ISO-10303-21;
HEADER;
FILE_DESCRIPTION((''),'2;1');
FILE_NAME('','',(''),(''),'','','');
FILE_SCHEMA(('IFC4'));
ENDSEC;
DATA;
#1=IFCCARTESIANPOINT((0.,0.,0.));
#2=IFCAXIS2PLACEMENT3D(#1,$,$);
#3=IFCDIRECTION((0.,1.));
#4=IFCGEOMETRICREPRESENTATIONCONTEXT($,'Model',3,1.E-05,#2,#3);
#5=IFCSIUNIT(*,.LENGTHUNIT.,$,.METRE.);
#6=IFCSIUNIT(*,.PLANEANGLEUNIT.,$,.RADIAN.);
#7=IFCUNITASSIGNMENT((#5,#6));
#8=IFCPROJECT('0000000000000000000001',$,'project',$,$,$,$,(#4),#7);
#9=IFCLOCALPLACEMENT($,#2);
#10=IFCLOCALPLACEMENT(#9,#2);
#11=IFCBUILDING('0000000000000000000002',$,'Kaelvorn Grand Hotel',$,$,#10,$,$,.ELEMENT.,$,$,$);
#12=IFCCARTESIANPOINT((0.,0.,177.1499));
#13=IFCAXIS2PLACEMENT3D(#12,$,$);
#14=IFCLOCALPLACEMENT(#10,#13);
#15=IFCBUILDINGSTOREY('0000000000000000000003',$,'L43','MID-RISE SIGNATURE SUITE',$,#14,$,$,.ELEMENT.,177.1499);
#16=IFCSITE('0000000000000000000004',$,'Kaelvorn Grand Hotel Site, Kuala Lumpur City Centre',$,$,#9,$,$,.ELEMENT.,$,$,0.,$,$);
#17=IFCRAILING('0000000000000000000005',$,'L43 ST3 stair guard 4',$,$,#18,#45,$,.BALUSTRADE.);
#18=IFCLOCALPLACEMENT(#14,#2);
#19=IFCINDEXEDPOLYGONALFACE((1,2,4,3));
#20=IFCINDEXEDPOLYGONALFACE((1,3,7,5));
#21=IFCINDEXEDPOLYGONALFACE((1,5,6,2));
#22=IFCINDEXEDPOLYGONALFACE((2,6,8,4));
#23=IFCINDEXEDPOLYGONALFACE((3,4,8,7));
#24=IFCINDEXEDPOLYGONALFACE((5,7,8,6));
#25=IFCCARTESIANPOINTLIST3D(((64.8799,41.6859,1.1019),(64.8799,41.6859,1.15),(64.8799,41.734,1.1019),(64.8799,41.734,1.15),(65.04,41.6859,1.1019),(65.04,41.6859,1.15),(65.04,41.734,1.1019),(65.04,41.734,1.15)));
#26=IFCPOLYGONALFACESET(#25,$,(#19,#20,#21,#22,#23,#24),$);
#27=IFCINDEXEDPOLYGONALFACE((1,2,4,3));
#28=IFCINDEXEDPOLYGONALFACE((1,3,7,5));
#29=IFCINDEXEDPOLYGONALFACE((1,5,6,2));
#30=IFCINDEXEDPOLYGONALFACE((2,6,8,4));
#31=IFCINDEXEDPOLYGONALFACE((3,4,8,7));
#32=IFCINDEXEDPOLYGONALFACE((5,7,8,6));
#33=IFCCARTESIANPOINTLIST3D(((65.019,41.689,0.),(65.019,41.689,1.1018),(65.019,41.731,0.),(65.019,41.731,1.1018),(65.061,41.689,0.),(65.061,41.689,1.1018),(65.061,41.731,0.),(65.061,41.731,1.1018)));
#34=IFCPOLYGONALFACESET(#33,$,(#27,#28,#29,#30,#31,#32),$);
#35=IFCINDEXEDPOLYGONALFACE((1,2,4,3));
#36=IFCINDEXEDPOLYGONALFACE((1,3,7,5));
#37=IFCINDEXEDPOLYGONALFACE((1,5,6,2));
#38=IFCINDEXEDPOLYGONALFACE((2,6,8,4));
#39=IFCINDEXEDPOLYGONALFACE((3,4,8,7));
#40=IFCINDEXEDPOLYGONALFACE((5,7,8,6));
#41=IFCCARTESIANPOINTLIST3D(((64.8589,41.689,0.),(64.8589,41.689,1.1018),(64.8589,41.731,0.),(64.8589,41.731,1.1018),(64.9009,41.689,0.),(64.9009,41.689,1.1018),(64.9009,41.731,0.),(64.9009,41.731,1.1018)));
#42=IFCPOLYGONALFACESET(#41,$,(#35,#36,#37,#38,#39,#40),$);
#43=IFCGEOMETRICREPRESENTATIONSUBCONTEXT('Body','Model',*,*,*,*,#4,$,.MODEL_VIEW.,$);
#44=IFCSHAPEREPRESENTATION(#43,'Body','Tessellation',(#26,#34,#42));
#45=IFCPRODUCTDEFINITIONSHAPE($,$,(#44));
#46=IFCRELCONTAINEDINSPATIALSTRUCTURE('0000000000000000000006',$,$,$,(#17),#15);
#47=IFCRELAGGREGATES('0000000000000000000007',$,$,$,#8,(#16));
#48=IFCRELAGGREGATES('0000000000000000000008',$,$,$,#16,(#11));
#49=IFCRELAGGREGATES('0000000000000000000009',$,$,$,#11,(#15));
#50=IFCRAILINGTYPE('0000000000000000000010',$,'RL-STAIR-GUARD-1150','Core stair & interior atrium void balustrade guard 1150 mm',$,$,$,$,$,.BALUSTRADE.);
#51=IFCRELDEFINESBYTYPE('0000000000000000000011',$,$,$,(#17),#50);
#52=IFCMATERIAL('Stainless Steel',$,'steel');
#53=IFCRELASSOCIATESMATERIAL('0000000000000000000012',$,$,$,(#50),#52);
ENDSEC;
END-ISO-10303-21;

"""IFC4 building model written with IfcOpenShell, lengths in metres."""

from ifc_helpers import new_model, si_unit, direction, frame, origin, origin_2d, place, context, subcontext, project, spatial, rectangle, extrude, material, type_object, element, save


model = new_model("IFC4")

# Units and contexts
model_context = context("Model", 3, precision=1e-05, world=origin(), true_north=direction((0.0, 1.0)))
body_context = subcontext(model_context, "Body", "Model", "MODEL_VIEW")
ifc_project = project(units=[si_unit("LENGTHUNIT", "METRE"), si_unit("PLANEANGLEUNIT", "RADIAN")], contexts=[model_context])

# Site, building, storey
site_placement = place(None, origin())
site = spatial("IfcSite", under=ifc_project, at=site_placement, Name="Kaelvorn Grand Hotel Site, Kuala Lumpur City Centre", CompositionType="ELEMENT", RefElevation=0.0)
building_placement = place(site_placement, origin())
building = spatial("IfcBuilding", under=site, at=building_placement, Name="Kaelvorn Grand Hotel", CompositionType="ELEMENT")
storey_placement = place(building_placement, frame((0.0, 0.0, 177.1499)))
storey = spatial("IfcBuildingStorey", under=building, at=storey_placement, Name="L43", Description="MID-RISE SIGNATURE SUITE", CompositionType="ELEMENT", Elevation=177.1499)

# Shared definitions
ifc_material_1 = material(Name="Stainless Steel", Category="steel")

# Railing
railing_type_1 = type_object("IfcRailingType", Name="RL-STAIR-GUARD-1150", Description="Core stair & interior atrium void balustrade guard 1150 mm", PredefinedType="BALUSTRADE", material=ifc_material_1)
railing_1_placement = place(storey_placement, frame((65.04, 41.71, 0.0)))
element("IfcRailing", 1, at=railing_1_placement, inside=storey, type_object=railing_type_1, Name="L43 ST3 stair guard 4", PredefinedType="BALUSTRADE", context=body_context, shape_type="SweptSolid", body=[
    extrude(rectangle(XDim=0.0481, YDim=0.0481, at=origin_2d()), frame((0.0, 0.0, 1.126), z_axis=(-1.0, 0.0, 0.0), x_axis=(0.0, -1.0, 0.0)), (0.0, 0.0, 1.0), 0.1602),
    extrude(rectangle(XDim=0.042, YDim=0.042, at=origin_2d()), origin(), (0.0, 0.0, 1.0), 1.1018),
    extrude(rectangle(XDim=0.042, YDim=0.042, at=origin_2d()), frame((-0.1602, 0.0, 0.0)), (0.0, 0.0, 1.0), 1.1018),
])

save(model, "model.ifc")
